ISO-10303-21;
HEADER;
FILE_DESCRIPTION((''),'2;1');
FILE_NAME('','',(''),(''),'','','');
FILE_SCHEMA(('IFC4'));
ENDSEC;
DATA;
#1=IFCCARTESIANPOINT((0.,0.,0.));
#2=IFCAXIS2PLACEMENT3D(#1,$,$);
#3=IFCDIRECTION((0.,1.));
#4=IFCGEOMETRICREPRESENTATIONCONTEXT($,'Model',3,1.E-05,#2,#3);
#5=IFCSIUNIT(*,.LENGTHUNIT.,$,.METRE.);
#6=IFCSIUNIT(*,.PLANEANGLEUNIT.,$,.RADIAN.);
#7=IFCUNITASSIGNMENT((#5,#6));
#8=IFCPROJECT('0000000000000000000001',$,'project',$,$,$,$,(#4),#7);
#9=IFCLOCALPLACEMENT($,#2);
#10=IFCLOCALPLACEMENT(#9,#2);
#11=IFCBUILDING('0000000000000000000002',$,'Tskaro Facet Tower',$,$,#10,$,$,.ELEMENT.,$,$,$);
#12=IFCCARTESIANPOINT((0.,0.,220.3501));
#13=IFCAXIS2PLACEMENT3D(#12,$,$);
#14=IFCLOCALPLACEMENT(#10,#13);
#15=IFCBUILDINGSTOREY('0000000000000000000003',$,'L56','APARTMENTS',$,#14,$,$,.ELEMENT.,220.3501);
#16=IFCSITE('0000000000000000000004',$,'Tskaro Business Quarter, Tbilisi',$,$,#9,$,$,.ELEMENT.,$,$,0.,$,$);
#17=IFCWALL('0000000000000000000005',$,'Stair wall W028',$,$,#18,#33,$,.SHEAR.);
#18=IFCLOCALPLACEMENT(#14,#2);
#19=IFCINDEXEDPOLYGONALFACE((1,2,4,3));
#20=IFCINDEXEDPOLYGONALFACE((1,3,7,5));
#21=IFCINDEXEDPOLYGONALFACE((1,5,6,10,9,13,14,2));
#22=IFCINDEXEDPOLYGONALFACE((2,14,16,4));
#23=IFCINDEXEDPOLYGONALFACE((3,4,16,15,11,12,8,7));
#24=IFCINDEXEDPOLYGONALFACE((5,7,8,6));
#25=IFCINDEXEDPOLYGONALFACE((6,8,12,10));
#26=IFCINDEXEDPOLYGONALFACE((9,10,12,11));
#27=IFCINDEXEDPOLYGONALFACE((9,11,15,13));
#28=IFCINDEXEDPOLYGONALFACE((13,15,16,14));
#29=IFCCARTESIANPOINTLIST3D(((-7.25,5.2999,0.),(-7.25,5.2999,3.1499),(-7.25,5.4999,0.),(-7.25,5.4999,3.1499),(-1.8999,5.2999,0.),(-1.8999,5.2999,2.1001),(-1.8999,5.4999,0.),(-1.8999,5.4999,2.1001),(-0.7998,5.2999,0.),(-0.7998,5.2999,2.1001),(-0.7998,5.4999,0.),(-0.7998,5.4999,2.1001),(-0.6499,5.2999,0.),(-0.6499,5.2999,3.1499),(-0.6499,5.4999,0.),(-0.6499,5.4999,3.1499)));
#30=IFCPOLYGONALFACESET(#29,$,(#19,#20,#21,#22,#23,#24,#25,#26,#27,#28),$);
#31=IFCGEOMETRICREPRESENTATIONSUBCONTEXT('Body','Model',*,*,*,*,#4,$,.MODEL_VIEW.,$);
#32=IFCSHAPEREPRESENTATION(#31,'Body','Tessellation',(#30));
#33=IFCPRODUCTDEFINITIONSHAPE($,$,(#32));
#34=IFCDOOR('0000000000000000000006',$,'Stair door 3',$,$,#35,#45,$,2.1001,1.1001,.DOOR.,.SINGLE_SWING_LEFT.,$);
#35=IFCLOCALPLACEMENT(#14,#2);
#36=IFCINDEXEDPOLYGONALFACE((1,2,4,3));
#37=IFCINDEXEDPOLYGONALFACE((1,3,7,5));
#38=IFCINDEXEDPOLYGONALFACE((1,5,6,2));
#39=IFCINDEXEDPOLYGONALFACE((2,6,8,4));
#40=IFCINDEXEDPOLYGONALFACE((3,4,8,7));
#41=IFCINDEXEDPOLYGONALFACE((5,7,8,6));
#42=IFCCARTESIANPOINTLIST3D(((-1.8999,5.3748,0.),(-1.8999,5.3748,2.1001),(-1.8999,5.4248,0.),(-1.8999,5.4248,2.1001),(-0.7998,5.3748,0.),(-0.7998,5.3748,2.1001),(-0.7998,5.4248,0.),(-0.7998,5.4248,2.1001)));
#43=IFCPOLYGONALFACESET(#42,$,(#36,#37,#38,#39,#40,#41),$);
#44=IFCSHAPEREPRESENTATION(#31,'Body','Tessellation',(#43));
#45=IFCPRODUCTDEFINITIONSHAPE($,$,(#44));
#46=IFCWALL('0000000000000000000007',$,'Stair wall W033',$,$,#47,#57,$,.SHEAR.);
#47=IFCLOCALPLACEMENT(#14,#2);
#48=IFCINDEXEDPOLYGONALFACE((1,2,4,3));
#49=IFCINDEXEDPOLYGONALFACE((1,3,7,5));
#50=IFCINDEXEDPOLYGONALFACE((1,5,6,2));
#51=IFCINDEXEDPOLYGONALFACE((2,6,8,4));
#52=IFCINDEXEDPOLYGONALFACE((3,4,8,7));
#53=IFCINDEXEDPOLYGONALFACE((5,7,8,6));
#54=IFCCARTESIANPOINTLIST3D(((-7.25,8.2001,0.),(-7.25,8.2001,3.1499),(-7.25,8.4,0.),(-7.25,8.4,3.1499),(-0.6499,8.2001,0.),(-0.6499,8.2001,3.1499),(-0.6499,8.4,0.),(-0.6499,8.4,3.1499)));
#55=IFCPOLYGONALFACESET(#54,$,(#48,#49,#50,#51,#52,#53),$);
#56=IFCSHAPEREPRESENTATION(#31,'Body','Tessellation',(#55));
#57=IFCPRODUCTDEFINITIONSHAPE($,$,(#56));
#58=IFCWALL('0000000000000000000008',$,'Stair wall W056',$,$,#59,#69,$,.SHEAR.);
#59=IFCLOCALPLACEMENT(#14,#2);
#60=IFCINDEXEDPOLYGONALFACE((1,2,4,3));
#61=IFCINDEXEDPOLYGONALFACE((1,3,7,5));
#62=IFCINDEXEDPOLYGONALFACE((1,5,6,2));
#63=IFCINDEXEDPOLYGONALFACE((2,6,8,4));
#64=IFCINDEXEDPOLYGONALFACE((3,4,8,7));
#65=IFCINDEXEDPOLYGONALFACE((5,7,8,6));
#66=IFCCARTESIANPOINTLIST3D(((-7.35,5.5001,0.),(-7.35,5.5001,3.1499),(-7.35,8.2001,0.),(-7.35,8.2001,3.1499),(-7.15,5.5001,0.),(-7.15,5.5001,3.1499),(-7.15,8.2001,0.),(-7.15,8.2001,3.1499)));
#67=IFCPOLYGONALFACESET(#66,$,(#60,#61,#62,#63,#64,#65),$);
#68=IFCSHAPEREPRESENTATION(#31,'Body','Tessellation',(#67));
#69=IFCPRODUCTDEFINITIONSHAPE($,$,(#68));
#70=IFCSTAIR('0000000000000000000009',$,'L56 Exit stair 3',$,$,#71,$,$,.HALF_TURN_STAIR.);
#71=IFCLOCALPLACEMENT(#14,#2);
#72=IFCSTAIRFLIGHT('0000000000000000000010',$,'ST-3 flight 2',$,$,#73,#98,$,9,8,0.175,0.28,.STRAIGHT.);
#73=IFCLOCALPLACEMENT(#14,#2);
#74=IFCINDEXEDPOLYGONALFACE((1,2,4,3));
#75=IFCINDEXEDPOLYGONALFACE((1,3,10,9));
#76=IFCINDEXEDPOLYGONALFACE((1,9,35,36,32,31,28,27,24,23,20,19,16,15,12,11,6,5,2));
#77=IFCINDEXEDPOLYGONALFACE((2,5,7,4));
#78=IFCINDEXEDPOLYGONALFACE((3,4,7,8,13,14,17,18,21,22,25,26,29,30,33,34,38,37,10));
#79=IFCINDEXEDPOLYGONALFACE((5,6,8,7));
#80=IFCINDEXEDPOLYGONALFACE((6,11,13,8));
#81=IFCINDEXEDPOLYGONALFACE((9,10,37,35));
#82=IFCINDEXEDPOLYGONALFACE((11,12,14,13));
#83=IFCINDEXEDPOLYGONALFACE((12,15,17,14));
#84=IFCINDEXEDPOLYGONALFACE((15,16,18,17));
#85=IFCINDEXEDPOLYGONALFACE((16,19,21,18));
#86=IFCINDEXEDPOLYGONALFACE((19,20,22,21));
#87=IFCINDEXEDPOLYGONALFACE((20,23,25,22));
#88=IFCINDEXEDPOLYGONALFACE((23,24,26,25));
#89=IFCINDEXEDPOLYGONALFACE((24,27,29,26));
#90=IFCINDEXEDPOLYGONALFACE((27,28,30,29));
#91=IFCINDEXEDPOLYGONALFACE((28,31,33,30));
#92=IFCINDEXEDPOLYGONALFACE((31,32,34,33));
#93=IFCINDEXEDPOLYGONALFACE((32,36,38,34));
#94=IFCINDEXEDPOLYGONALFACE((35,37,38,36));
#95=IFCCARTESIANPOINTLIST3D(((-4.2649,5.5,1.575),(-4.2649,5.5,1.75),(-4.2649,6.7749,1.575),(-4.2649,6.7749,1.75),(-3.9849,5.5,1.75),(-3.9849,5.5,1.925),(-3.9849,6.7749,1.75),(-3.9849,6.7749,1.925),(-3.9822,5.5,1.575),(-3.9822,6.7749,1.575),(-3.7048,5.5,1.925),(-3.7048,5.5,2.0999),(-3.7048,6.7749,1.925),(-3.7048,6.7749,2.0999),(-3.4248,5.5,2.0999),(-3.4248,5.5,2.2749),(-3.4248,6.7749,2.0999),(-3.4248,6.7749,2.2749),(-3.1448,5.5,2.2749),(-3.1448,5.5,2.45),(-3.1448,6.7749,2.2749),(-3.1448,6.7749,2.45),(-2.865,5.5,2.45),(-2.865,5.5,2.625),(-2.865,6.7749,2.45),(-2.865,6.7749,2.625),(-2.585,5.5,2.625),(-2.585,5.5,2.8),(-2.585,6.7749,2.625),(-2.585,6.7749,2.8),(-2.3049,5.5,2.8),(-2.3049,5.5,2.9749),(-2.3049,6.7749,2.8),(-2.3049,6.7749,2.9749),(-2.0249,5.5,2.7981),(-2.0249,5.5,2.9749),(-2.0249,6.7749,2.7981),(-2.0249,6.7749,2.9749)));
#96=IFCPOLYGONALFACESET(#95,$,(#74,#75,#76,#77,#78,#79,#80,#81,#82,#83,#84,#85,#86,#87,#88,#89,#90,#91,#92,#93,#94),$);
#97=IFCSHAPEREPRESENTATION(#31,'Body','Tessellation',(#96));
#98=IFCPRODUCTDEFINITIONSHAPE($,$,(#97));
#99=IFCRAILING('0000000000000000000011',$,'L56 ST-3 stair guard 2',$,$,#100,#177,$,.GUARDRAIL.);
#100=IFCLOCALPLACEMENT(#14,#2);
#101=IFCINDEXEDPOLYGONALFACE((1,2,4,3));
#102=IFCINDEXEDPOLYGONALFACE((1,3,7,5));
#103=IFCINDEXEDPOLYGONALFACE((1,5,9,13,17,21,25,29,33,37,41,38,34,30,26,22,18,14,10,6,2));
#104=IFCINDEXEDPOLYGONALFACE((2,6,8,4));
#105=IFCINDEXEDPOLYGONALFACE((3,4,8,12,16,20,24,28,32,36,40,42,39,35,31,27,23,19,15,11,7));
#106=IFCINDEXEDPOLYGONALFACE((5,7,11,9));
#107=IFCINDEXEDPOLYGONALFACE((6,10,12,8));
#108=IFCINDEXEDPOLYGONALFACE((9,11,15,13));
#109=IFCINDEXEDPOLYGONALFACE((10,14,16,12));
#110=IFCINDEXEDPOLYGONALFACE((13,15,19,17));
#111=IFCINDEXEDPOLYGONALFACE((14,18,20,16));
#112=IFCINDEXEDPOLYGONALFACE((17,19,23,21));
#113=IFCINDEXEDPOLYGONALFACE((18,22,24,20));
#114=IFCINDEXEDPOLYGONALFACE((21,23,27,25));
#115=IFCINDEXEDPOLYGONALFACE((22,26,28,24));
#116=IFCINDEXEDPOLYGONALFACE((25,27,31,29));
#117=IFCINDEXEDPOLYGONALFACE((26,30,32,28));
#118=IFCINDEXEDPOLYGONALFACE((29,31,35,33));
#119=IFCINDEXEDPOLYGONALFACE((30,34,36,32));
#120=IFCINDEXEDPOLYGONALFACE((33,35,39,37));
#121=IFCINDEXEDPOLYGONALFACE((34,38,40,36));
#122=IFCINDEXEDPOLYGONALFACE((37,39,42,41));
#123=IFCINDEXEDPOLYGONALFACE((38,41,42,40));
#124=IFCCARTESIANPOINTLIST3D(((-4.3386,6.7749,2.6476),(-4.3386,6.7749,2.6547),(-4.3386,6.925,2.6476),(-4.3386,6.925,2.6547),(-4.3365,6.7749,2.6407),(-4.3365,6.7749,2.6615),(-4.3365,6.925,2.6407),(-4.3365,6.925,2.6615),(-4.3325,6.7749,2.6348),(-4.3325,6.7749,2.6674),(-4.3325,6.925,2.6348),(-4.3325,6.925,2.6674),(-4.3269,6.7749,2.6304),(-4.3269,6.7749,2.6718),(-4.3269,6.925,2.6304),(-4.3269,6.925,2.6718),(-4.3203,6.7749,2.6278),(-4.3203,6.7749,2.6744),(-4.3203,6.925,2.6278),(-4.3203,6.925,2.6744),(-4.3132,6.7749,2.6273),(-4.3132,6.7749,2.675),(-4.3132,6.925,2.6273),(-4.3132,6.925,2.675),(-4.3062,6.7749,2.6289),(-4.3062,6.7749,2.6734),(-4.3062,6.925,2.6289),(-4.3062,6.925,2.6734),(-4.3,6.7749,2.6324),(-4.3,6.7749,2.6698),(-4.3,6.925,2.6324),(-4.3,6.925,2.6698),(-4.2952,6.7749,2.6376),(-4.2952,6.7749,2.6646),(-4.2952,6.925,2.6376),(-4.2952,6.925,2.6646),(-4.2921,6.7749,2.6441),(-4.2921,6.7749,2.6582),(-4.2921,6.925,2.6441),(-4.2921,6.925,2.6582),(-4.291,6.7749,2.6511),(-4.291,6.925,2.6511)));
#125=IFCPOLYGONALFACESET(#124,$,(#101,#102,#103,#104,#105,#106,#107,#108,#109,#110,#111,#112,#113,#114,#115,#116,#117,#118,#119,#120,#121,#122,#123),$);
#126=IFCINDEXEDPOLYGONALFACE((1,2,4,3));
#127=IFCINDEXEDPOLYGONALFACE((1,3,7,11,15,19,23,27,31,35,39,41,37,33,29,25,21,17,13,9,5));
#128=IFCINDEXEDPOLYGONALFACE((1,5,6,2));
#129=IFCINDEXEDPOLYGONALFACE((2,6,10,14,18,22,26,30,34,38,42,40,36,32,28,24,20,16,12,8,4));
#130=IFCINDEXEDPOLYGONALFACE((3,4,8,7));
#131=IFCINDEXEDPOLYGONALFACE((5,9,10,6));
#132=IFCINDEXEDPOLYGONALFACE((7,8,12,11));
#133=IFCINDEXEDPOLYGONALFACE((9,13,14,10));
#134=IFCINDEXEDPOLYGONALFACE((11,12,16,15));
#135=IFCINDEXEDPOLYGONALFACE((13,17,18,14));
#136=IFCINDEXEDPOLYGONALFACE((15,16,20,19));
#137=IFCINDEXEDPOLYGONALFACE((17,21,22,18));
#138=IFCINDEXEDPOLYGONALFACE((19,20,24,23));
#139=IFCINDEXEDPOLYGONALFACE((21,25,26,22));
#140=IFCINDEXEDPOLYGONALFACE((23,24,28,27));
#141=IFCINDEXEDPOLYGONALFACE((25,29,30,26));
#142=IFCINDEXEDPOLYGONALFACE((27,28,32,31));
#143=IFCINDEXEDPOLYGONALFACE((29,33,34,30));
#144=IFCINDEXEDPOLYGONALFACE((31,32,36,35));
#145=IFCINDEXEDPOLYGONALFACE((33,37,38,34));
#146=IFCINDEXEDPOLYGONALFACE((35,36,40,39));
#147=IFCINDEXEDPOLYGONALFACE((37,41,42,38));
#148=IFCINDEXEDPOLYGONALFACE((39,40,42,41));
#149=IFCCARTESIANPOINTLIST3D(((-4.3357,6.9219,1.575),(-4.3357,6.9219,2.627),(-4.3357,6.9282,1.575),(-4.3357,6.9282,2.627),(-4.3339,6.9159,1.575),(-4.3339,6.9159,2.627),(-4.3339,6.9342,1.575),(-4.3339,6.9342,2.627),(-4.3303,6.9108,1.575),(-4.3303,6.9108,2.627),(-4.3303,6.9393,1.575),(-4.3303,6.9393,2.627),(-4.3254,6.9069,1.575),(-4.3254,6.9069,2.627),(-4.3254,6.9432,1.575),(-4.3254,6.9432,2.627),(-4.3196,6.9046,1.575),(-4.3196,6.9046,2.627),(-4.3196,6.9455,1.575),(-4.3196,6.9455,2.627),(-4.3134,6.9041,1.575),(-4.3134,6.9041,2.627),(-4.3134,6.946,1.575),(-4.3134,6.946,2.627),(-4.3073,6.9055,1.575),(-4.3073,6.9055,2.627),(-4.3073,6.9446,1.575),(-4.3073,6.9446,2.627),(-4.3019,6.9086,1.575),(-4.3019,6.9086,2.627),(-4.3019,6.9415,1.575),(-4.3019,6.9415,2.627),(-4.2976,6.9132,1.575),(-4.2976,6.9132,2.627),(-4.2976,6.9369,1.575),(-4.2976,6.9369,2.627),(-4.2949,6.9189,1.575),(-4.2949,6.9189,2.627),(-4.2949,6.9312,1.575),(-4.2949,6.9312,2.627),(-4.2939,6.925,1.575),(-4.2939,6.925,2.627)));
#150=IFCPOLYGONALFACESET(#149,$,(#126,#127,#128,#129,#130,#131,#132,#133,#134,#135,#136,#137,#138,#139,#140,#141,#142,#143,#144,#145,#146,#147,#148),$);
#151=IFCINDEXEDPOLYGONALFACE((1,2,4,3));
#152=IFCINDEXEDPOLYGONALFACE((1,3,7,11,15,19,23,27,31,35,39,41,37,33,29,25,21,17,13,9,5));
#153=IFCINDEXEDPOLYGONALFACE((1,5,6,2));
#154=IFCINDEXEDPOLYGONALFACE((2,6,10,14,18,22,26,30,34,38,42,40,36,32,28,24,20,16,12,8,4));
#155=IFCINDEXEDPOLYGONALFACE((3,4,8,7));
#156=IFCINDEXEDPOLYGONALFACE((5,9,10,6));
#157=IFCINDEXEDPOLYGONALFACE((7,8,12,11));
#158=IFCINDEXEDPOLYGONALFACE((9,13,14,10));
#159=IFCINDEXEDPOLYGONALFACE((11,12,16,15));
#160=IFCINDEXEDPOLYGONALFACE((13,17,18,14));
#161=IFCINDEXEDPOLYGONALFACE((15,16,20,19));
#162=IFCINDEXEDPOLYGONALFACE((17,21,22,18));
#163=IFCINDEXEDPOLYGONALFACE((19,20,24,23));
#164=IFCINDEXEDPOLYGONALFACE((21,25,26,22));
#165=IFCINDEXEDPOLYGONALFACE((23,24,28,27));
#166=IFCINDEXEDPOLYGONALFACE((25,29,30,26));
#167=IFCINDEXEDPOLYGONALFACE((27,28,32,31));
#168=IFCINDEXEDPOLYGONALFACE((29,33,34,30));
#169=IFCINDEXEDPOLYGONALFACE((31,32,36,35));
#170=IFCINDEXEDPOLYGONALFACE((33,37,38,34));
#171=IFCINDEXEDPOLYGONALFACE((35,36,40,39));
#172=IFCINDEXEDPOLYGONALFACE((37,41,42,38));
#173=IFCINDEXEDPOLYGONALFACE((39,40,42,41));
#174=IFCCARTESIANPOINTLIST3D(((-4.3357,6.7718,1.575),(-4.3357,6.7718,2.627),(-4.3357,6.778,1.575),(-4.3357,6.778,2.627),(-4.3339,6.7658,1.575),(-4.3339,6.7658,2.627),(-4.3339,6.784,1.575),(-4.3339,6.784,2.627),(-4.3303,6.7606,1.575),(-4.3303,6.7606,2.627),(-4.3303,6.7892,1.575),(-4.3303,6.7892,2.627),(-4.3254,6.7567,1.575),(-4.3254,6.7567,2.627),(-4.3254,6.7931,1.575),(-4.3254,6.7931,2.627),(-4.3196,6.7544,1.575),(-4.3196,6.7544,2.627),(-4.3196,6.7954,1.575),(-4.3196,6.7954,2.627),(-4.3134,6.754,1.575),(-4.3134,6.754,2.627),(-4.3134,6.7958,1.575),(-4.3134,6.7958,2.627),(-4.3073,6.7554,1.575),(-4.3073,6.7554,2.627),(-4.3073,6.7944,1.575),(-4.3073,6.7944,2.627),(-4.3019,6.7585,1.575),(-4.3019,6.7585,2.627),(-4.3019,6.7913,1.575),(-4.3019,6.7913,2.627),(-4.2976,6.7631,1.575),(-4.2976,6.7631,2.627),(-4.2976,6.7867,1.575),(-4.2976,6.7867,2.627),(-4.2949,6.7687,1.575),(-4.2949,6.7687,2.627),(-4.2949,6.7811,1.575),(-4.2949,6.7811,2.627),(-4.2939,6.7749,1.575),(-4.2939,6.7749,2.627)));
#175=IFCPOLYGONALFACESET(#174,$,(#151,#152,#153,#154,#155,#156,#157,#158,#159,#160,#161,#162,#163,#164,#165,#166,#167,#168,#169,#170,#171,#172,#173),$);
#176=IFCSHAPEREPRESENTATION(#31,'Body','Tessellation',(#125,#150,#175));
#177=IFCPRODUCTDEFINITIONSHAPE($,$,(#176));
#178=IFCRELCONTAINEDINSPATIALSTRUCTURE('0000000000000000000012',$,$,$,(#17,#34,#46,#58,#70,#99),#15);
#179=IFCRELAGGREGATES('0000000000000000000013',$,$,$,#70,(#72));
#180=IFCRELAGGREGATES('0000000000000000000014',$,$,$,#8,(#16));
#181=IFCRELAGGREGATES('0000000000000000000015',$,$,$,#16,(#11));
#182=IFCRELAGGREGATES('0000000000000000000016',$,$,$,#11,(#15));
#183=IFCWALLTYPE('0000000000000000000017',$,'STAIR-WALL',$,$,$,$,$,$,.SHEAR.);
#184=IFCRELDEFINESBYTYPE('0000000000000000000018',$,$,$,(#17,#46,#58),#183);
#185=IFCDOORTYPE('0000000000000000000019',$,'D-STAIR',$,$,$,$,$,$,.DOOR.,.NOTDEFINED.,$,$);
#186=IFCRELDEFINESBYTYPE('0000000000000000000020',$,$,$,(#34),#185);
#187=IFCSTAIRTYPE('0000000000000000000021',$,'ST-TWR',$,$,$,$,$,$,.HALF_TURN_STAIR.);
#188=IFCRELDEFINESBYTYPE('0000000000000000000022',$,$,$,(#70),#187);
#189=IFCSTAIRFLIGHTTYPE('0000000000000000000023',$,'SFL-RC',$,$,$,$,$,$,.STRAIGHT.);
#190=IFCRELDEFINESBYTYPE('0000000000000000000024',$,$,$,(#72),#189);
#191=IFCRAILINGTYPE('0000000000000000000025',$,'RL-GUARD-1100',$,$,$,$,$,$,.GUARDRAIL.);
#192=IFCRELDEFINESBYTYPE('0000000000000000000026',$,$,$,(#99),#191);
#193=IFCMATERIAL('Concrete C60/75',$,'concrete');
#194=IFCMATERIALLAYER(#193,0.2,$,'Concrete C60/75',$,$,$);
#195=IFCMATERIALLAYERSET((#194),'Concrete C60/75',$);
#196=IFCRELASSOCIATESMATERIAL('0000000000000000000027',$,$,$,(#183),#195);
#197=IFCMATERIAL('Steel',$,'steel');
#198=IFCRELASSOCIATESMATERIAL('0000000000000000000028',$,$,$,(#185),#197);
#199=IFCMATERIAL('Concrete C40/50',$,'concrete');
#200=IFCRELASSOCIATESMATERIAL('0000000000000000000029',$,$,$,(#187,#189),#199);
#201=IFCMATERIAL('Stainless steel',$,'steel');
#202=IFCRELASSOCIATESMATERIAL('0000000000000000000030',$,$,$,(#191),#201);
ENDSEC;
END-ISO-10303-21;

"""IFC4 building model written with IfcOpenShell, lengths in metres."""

from ifc_helpers import new_model, si_unit, direction, frame, frame_2d, origin, origin_2d, place, context, subcontext, project, spatial, polyline, rectangle, circle, outline, extrude, material, layer, layer_set, type_object, element, fill, aggregate, save


model = new_model("IFC4")

# Units and contexts
model_context = context("Model", 3, precision=1e-05, world=origin(), true_north=direction((0.0, 1.0)))
body_context = subcontext(model_context, "Body", "Model", "MODEL_VIEW")
ifc_project = project(units=[si_unit("LENGTHUNIT", "METRE"), si_unit("PLANEANGLEUNIT", "RADIAN")], contexts=[model_context])

# Site, building, storey
site_placement = place(None, origin())
site = spatial("IfcSite", under=ifc_project, at=site_placement, Name="Tskaro Business Quarter, Tbilisi", CompositionType="ELEMENT", RefElevation=0.0)
building_placement = place(site_placement, origin())
building = spatial("IfcBuilding", under=site, at=building_placement, Name="Tskaro Facet Tower", CompositionType="ELEMENT")
storey_placement = place(building_placement, frame((0.0, 0.0, 220.3501)))
storey = spatial("IfcBuildingStorey", under=building, at=storey_placement, Name="L56", Description="APARTMENTS", CompositionType="ELEMENT", Elevation=220.3501)

# Shared definitions
ifc_material_1 = material(Name="Concrete C40/50", Category="concrete")
ifc_material_2 = material(Name="Steel", Category="steel")

# Wall, opening, door
ifc_material_3 = material(Name="Concrete C60/75", Category="concrete")
ifc_layer_1 = layer(ifc_material_3, 0.2, Name="Concrete C60/75")
ifc_layer_set_1 = layer_set([ifc_layer_1], Name="Concrete C60/75")
wall_type_1 = type_object("IfcWallType", Name="STAIR-WALL", PredefinedType="SHEAR", material=ifc_layer_set_1)
wall_1_placement = place(storey_placement, frame((-7.25, 5.3999, 0.0), z_axis=(0.0, 0.0, 1.0), x_axis=(1.0, 0.0, 0.0)))
wall_1 = element("IfcWall", 1, at=wall_1_placement, inside=storey, type_object=wall_type_1, Name="Stair wall W028", PredefinedType="SHEAR", context=body_context, shape_type="SweptSolid", body=[
    extrude(rectangle(XDim=6.6001, YDim=0.2, at=frame_2d((3.3, 0.0))), origin(), (0.0, 0.0, 1.0), 3.1499),
])
opening_1_placement = place(wall_1_placement, frame((5.3501, 0.0, 0.0)))
opening_1 = element("IfcOpeningElement", 2, at=opening_1_placement, cuts=wall_1, PredefinedType="OPENING", context=body_context, shape_type="SweptSolid", body=[
    extrude(rectangle(XDim=1.1001, YDim=2.1001, at=frame_2d((0.55, 1.05))), frame((0.0, 0.1099, 0.0), z_axis=(0.0, -1.0, 0.0), x_axis=(1.0, 0.0, 0.0)), (0.0, 0.0, 1.0), 0.22),
])
door_type_1 = type_object("IfcDoorType", Name="D-STAIR", OperationType="NOTDEFINED", PredefinedType="DOOR", material=ifc_material_2)
door_1_placement = place(opening_1_placement, origin())
door_1 = element("IfcDoor", 3, at=door_1_placement, inside=storey, type_object=door_type_1, Name="Stair door 3", OperationType="SINGLE_SWING_LEFT", OverallHeight=2.1001, OverallWidth=1.1001, PredefinedType="DOOR", context=body_context, shape_type="SweptSolid", body=[
    extrude(rectangle(XDim=1.1001, YDim=2.1001, at=frame_2d((0.55, 1.05))), frame((0.0, 0.0249, 0.0), z_axis=(0.0, -1.0, 0.0), x_axis=(1.0, 0.0, 0.0)), (0.0, 0.0, 1.0), 0.05),
])
fill(opening_1, door_1)

# Walls
wall_2_placement = place(storey_placement, frame((-7.25, 8.3, 0.0), z_axis=(0.0, 0.0, 1.0), x_axis=(1.0, 0.0, 0.0)))
element("IfcWall", 4, at=wall_2_placement, inside=storey, type_object=wall_type_1, Name="Stair wall W033", PredefinedType="SHEAR", context=body_context, shape_type="SweptSolid", body=[
    extrude(rectangle(XDim=6.6001, YDim=0.2, at=frame_2d((3.3, 0.0))), origin(), (0.0, 0.0, 1.0), 3.1499),
])
wall_3_placement = place(storey_placement, frame((-7.25, 5.5, 0.0), z_axis=(0.0, 0.0, 1.0), x_axis=(0.0, 1.0, 0.0)))
element("IfcWall", 5, at=wall_3_placement, inside=storey, type_object=wall_type_1, Name="Stair wall W056", PredefinedType="SHEAR", context=body_context, shape_type="SweptSolid", body=[
    extrude(rectangle(XDim=2.7, YDim=0.2, at=frame_2d((1.3501, 0.0))), origin(), (0.0, 0.0, 1.0), 3.1499),
])

# Stair, stair flight
stair_type = type_object("IfcStairType", Name="ST-TWR", PredefinedType="HALF_TURN_STAIR", material=ifc_material_1)
stair_placement = place(storey_placement, origin())
stair = element("IfcStair", 6, at=stair_placement, inside=storey, type_object=stair_type, Name="L56 Exit stair 3", PredefinedType="HALF_TURN_STAIR")
stair_flight_type = type_object("IfcStairFlightType", Name="SFL-RC", PredefinedType="STRAIGHT", material=ifc_material_1)
stair_flight_placement = place(storey_placement, frame((-4.2649, 6.1375, 1.575), z_axis=(0.0, 0.0, 1.0), x_axis=(1.0, 0.0, 0.0)))
stair_flight = element("IfcStairFlight", 7, at=stair_flight_placement, type_object=stair_flight_type, Name="ST-3 flight 2", NumberOfRisers=9, NumberOfTreads=8, PredefinedType="STRAIGHT", RiserHeight=0.175, TreadLength=0.28, context=body_context, shape_type="SweptSolid", body=[
    extrude(outline(polyline([(0.0, 0.0), (0.0, 0.175), (0.28, 0.175), (0.28, 0.3501), (0.5601, 0.3501), (0.5601, 0.5249), (0.8401, 0.5249), (0.8401, 0.7), (1.1201, 0.7), (1.1201, 0.875), (1.3999, 0.875), (1.3999, 1.05), (1.6799, 1.05), (1.6799, 1.2251), (1.96, 1.2251), (1.96, 1.3999), (2.24, 1.3999), (2.24, 1.575), (2.24, 1.2231), (0.2827, 0.0), (0.0, 0.0)])), frame((0.0, 0.6375, 0.0), z_axis=(0.0, -1.0, 0.0), x_axis=(1.0, 0.0, 0.0)), (0.0, 0.0, 1.0), 1.2749),
])
aggregate(stair, [stair_flight])

# Railing
ifc_material_4 = material(Name="Stainless steel", Category="steel")
railing_type_1 = type_object("IfcRailingType", Name="RL-GUARD-1100", PredefinedType="GUARDRAIL", material=ifc_material_4)
railing_1_placement = place(storey_placement, frame((-4.3149, 6.925, 1.575)))
element("IfcRailing", 8, at=railing_1_placement, inside=storey, type_object=railing_type_1, Name="L56 ST-3 stair guard 2", PredefinedType="GUARDRAIL", context=body_context, shape_type="SweptSolid", body=[
    extrude(circle(Radius=0.0239, at=origin_2d()), frame((0.0, 0.0, 1.0762), z_axis=(0.0, -1.0, 0.0), x_axis=(1.0, 0.0, 0.0)), (0.0, 0.0, 1.0), 0.1501),
    extrude(circle(Radius=0.021, at=origin_2d()), origin(), (0.0, 0.0, 1.0), 1.052),
    extrude(circle(Radius=0.021, at=origin_2d()), frame((0.0, -0.1501, 0.0)), (0.0, 0.0, 1.0), 1.052),
])

save(model, "model.ifc")
